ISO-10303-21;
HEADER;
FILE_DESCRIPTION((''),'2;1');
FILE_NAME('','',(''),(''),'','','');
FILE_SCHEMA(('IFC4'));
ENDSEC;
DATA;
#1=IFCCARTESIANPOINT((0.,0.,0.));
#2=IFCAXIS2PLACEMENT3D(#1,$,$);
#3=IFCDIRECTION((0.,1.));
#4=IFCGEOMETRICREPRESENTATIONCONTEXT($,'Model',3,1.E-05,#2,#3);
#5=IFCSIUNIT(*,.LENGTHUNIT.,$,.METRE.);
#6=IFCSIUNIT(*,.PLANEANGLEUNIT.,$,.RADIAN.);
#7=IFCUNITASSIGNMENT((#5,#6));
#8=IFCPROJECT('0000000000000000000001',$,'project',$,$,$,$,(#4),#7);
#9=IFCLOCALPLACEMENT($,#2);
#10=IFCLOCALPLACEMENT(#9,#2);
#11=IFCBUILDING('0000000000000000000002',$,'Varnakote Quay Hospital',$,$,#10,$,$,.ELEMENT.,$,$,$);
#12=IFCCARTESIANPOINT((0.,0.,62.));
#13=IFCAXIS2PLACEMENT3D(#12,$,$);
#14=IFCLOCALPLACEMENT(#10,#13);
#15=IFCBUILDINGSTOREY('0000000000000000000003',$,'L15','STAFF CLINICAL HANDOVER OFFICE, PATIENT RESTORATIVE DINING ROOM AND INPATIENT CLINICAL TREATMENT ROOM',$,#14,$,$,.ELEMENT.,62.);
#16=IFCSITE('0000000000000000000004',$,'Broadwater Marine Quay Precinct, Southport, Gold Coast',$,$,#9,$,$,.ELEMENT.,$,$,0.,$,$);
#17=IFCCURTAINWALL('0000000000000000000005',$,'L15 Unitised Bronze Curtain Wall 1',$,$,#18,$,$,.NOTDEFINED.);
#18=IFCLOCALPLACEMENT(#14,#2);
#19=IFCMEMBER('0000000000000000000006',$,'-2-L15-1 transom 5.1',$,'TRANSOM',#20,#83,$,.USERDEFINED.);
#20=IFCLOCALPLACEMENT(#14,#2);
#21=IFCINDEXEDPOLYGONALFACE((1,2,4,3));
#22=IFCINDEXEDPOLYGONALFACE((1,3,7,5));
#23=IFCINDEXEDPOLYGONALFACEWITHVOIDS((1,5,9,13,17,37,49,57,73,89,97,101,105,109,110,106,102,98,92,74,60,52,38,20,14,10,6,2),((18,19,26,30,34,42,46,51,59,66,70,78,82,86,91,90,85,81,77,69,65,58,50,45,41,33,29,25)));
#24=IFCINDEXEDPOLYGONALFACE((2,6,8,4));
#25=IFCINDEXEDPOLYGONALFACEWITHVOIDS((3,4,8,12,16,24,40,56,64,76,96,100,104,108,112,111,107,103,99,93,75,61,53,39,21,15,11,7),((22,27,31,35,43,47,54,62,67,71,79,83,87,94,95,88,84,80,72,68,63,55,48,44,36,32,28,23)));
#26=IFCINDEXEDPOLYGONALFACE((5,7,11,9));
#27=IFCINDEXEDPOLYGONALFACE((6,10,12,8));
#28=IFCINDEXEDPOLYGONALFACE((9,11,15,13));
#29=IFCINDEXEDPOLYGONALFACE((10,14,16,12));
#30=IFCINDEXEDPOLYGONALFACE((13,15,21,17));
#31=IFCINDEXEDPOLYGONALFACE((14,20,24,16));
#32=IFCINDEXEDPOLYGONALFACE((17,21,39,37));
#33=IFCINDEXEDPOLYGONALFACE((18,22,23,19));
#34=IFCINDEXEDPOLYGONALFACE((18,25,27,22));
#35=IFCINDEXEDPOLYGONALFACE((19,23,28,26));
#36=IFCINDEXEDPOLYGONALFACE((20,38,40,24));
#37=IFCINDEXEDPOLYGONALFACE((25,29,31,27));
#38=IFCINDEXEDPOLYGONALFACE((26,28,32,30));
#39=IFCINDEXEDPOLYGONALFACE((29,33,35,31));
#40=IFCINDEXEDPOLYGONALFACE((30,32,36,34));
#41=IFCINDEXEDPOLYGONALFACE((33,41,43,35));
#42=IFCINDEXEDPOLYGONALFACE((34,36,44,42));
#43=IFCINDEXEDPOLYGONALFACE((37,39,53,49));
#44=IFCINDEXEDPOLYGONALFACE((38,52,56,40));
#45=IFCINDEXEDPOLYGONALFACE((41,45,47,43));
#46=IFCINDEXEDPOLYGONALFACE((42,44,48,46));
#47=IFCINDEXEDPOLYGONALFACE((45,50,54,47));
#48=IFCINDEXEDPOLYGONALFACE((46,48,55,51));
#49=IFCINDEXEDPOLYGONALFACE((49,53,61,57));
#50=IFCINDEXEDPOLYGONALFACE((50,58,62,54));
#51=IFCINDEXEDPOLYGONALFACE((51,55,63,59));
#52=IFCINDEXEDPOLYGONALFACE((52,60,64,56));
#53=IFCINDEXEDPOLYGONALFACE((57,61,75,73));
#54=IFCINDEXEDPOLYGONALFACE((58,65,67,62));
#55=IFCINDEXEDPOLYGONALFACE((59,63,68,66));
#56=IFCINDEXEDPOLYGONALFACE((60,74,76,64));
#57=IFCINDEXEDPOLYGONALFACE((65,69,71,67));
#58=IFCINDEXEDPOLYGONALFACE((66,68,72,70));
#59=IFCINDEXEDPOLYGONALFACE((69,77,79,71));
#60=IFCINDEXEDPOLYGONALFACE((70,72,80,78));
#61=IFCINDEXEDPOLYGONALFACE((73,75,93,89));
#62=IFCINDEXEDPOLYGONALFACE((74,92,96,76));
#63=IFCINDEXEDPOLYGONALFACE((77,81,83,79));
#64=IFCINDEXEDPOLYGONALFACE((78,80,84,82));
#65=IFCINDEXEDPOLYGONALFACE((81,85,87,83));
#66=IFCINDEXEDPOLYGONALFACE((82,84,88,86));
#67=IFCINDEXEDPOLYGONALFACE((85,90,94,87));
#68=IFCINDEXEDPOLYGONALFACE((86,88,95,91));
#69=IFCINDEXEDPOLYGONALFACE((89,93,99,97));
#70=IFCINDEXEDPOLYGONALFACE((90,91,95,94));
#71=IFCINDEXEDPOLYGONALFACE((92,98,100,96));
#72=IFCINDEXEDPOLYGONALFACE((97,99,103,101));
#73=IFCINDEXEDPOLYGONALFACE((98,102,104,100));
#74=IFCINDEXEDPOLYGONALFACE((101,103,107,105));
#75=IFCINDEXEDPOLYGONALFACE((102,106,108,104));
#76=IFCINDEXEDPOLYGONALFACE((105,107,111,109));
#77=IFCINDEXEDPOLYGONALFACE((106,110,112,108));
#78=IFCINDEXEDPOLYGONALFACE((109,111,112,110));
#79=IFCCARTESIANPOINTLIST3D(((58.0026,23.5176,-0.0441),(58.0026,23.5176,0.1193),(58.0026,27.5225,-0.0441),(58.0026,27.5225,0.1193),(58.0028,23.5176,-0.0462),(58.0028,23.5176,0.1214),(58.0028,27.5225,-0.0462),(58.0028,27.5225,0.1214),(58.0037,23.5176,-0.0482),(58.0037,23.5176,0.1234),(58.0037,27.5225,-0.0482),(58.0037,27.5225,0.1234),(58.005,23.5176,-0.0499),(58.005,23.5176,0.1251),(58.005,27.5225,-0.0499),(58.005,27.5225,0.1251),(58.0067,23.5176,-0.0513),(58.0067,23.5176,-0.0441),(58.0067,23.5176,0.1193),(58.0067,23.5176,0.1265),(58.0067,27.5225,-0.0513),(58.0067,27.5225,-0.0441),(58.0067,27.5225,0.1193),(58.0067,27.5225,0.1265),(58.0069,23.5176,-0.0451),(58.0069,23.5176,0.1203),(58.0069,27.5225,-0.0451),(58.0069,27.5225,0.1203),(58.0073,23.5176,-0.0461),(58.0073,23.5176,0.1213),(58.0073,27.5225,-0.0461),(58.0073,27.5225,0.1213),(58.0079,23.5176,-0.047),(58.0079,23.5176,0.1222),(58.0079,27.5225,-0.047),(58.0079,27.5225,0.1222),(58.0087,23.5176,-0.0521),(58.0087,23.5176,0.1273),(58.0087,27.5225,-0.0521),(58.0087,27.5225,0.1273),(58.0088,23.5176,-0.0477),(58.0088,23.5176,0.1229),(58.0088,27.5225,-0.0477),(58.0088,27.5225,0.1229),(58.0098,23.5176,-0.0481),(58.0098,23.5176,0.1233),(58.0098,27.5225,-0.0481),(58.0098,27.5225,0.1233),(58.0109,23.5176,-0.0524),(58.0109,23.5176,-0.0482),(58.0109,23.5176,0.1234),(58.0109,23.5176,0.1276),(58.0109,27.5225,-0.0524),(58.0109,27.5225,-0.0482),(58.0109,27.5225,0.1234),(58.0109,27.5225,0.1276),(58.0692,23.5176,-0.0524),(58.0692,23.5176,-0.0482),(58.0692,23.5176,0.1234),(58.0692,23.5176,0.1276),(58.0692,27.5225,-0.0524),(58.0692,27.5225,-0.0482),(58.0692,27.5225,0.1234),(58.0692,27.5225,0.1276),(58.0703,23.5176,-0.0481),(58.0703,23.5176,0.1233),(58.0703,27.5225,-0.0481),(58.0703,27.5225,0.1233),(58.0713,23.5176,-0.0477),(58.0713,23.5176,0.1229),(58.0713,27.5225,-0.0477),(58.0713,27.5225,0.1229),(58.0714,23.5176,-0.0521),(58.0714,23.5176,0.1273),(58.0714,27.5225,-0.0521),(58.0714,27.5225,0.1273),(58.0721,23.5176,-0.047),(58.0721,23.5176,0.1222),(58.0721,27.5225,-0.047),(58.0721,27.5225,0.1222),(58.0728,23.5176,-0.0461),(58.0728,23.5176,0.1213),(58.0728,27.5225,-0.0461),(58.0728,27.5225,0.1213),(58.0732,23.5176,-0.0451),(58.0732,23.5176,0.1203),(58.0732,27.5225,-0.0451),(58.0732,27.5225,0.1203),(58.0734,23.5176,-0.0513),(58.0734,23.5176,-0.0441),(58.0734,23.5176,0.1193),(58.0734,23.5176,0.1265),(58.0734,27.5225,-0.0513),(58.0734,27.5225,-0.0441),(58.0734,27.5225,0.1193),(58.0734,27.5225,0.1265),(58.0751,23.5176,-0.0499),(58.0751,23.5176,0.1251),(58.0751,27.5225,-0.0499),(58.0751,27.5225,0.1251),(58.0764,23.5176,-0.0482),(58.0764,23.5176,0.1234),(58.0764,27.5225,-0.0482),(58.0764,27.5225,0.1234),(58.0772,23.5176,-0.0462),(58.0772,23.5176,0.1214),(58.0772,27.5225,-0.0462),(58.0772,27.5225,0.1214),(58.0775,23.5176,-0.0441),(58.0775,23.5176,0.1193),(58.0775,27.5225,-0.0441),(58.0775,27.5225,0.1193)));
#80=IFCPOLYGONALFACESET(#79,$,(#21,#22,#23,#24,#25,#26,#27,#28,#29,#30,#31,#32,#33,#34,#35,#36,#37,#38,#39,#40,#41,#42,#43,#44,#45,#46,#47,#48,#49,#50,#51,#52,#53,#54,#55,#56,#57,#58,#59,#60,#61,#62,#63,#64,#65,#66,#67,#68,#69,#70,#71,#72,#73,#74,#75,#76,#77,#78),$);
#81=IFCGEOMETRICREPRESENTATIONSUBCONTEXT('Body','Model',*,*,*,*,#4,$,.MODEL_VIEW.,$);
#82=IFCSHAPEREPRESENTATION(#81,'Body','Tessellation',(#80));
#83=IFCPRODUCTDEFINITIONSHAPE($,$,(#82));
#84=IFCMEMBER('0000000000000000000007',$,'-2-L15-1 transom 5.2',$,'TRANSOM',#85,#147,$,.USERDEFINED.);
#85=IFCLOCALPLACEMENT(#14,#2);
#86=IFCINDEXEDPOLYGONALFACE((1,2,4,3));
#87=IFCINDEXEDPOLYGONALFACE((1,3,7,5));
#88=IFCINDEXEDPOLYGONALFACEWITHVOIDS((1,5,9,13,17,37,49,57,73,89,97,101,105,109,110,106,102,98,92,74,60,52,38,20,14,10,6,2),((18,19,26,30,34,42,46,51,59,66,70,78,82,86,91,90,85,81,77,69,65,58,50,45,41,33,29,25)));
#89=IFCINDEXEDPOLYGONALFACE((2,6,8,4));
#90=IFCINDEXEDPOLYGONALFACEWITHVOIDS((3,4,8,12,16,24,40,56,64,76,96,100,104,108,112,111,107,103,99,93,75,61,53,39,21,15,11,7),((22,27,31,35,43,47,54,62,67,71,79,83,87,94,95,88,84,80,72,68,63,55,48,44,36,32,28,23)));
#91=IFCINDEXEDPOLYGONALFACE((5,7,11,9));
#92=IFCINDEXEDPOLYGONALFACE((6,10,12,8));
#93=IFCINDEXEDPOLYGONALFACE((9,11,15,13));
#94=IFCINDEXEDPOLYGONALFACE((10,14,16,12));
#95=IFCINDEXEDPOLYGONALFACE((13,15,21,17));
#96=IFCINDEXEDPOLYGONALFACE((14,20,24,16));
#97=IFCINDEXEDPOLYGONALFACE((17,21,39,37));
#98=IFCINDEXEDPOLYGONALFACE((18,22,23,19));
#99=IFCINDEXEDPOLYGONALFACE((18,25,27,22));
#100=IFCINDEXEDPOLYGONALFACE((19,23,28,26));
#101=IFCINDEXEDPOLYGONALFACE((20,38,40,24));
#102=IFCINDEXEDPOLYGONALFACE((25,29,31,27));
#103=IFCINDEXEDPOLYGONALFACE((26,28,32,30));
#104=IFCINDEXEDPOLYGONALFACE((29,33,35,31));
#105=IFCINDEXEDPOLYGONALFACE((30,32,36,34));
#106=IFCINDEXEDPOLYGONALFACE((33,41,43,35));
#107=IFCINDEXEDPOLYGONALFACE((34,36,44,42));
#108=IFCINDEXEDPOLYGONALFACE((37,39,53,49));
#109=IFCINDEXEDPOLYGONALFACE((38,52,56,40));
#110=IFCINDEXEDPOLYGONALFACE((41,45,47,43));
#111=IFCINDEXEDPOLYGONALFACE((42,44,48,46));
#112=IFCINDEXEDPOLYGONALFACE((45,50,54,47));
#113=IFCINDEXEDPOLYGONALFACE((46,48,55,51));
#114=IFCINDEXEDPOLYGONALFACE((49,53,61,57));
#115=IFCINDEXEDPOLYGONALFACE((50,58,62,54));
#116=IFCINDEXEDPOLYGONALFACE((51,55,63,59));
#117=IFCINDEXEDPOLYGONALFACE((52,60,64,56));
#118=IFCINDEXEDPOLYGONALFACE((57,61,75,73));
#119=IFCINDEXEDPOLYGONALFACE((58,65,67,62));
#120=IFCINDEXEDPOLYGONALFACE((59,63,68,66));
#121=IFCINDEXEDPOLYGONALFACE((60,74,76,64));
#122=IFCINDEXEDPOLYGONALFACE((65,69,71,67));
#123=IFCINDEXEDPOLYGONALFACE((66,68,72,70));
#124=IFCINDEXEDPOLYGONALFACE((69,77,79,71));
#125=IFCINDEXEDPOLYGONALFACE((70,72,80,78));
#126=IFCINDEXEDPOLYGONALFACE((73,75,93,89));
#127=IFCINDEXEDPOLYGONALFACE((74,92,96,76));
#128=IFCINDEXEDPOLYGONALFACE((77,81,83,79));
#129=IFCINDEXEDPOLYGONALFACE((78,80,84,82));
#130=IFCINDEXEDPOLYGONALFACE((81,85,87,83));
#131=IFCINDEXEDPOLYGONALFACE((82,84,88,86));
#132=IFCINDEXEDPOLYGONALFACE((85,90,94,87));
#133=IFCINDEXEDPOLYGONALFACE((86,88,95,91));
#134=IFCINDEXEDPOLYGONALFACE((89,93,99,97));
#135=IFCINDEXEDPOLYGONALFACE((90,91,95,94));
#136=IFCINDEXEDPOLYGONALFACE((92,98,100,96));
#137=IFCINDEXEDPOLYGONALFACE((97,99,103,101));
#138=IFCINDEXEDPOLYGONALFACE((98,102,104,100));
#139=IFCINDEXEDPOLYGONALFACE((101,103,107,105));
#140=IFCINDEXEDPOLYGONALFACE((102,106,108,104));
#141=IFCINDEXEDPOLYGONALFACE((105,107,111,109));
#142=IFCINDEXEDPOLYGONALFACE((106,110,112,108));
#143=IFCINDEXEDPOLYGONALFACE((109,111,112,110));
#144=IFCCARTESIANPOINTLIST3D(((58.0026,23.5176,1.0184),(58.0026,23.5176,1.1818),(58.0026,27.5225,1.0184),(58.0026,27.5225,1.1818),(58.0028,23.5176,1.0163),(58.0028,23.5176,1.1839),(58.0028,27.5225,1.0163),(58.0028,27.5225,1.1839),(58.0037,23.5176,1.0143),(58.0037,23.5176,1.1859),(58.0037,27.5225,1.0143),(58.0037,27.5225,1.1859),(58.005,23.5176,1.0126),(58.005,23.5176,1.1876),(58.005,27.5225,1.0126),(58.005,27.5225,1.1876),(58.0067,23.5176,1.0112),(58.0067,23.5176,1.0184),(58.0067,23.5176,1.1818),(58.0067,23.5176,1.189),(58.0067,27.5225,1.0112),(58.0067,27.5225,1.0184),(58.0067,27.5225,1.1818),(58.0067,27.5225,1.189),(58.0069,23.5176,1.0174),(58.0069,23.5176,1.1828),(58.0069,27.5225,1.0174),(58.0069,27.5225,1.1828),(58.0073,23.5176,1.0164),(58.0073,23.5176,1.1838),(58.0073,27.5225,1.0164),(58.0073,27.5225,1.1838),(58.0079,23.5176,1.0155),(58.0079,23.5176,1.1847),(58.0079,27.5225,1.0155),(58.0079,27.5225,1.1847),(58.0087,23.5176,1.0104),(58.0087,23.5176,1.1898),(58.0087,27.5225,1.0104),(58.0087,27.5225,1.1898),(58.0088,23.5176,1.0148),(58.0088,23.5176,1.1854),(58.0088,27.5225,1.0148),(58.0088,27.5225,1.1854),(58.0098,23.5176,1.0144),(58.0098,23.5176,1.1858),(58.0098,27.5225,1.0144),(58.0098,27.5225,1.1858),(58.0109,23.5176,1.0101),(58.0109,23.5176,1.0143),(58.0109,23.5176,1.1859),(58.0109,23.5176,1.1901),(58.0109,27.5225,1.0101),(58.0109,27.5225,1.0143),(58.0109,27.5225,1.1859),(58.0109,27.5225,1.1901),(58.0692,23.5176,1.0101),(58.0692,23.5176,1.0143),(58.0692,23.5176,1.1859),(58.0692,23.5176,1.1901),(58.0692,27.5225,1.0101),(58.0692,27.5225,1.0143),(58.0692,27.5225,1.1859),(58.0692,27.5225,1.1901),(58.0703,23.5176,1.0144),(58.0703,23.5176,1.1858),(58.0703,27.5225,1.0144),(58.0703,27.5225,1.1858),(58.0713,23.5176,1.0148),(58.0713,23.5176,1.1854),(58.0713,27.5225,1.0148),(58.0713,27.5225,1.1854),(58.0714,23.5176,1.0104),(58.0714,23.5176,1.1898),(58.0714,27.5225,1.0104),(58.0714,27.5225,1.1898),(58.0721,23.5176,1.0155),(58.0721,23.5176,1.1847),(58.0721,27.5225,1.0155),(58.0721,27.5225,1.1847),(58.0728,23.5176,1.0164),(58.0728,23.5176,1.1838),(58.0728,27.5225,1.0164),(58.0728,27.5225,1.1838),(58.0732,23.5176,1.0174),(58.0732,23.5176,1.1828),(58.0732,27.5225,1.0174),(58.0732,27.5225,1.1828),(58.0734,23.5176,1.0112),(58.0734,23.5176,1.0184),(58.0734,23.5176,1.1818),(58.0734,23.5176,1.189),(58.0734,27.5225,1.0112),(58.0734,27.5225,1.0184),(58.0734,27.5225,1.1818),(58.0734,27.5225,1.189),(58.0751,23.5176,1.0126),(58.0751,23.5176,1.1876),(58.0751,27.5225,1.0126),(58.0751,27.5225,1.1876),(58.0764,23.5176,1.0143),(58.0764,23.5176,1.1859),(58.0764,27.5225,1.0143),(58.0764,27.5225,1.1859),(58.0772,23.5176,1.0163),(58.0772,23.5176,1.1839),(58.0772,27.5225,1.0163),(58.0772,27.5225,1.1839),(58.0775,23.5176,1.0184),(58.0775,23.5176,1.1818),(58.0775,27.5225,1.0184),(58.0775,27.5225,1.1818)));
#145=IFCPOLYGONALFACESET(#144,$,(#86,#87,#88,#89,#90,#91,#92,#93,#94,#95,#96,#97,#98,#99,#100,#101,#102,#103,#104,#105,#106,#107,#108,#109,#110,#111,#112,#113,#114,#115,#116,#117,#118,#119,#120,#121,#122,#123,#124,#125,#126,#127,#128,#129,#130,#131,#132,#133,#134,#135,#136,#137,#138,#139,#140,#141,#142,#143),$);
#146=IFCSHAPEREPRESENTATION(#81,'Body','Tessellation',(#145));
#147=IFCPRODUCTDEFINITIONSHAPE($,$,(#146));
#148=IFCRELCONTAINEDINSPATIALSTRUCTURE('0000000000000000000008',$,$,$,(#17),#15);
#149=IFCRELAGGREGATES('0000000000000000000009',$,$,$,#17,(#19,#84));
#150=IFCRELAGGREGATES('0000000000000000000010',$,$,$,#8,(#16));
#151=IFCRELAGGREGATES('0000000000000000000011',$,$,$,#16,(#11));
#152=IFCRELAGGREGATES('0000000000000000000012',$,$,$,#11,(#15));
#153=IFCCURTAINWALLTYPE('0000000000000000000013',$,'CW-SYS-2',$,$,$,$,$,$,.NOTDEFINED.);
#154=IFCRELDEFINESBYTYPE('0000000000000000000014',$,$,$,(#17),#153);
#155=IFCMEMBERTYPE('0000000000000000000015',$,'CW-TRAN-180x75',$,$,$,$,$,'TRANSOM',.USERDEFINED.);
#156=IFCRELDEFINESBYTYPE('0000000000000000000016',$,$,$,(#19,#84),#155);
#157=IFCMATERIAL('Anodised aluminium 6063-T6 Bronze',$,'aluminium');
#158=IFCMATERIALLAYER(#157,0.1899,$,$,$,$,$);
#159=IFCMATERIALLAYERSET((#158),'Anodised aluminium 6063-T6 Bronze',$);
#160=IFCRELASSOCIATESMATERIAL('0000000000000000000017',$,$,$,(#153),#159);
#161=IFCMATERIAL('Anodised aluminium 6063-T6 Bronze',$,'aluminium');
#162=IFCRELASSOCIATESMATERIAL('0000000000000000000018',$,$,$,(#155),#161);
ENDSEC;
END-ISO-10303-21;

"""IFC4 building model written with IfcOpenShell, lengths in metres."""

from ifc_helpers import new_model, si_unit, direction, frame, origin, origin_2d, place, context, subcontext, project, spatial, hollow_rectangle, extrude, material, layer, layer_set, material_profile, profile_set, type_object, element, aggregate, save


model = new_model("IFC4")

# Units and contexts
model_context = context("Model", 3, precision=1e-05, world=origin(), true_north=direction((0.0, 1.0)))
body_context = subcontext(model_context, "Body", "Model", "MODEL_VIEW")
ifc_project = project(units=[si_unit("LENGTHUNIT", "METRE"), si_unit("PLANEANGLEUNIT", "RADIAN")], contexts=[model_context])

# Site, building, storey
site_placement = place(None, origin())
site = spatial("IfcSite", under=ifc_project, at=site_placement, Name="Broadwater Marine Quay Precinct, Southport, Gold Coast", CompositionType="ELEMENT", RefElevation=0.0)
building_placement = place(site_placement, origin())
building = spatial("IfcBuilding", under=site, at=building_placement, Name="Varnakote Quay Hospital", CompositionType="ELEMENT")
storey_placement = place(building_placement, frame((0.0, 0.0, 62.0)))
storey = spatial("IfcBuildingStorey", under=building, at=storey_placement, Name="L15", Description="STAFF CLINICAL HANDOVER OFFICE, PATIENT RESTORATIVE DINING ROOM AND INPATIENT CLINICAL TREATMENT ROOM", CompositionType="ELEMENT", Elevation=62.0)

# Curtain wall, members
ifc_material_1 = material(Name="Anodised aluminium 6063-T6 Bronze", Category="aluminium")
ifc_layer_1 = layer(ifc_material_1, 0.1899)
ifc_layer_set_1 = layer_set([ifc_layer_1], Name="Anodised aluminium 6063-T6 Bronze")
curtain_wall_type = type_object("IfcCurtainWallType", Name="CW-SYS-2", PredefinedType="NOTDEFINED", material=ifc_layer_set_1)
curtain_wall_placement = place(storey_placement, origin())
curtain_wall = element("IfcCurtainWall", 1, at=curtain_wall_placement, inside=storey, type_object=curtain_wall_type, Name="L15 Unitised Bronze Curtain Wall 1", PredefinedType="NOTDEFINED")
ifc_material_2 = material(Name="Anodised aluminium 6063-T6 Bronze", Category="aluminium")
ifc_material_profile_1 = material_profile(ifc_material_2, hollow_rectangle(XDim=0.075, YDim=0.1799, WallThickness=0.0042, InnerFilletRadius=0.0042, OuterFilletRadius=0.0083, at=origin_2d()), Name="CW-TRAN-180x75")
ifc_profile_set_1 = profile_set([ifc_material_profile_1], Name="Anodised aluminium 6063-T6 Bronze")
member_type_1 = type_object("IfcMemberType", Name="CW-TRAN-180x75", ElementType="TRANSOM", PredefinedType="USERDEFINED", material=ifc_profile_set_1)
member_1_placement = place(storey_placement, frame((58.04, 23.5176, 0.0376), z_axis=(0.0, 1.0, 0.0), x_axis=(-1.0, 0.0, 0.0)))
member_1 = element("IfcMember", 2, at=member_1_placement, type_object=member_type_1, Name="-2-L15-1 transom 5.1", ObjectType="TRANSOM", PredefinedType="USERDEFINED", context=body_context, shape_type="SweptSolid", body=[
    extrude(hollow_rectangle(XDim=0.075, YDim=0.1799, WallThickness=0.0042, InnerFilletRadius=0.0042, OuterFilletRadius=0.0083, at=origin_2d()), origin(), (0.0, 0.0, 1.0), 4.0049),
])
member_2_placement = place(storey_placement, frame((58.04, 23.5176, 1.1001), z_axis=(0.0, 1.0, 0.0), x_axis=(-1.0, 0.0, 0.0)))
member_2 = element("IfcMember", 3, at=member_2_placement, type_object=member_type_1, Name="-2-L15-1 transom 5.2", ObjectType="TRANSOM", PredefinedType="USERDEFINED", context=body_context, shape_type="SweptSolid", body=[
    extrude(hollow_rectangle(XDim=0.075, YDim=0.1799, WallThickness=0.0042, InnerFilletRadius=0.0042, OuterFilletRadius=0.0083, at=origin_2d()), origin(), (0.0, 0.0, 1.0), 4.0049),
])
aggregate(curtain_wall, [member_1, member_2])

save(model, "model.ifc")
